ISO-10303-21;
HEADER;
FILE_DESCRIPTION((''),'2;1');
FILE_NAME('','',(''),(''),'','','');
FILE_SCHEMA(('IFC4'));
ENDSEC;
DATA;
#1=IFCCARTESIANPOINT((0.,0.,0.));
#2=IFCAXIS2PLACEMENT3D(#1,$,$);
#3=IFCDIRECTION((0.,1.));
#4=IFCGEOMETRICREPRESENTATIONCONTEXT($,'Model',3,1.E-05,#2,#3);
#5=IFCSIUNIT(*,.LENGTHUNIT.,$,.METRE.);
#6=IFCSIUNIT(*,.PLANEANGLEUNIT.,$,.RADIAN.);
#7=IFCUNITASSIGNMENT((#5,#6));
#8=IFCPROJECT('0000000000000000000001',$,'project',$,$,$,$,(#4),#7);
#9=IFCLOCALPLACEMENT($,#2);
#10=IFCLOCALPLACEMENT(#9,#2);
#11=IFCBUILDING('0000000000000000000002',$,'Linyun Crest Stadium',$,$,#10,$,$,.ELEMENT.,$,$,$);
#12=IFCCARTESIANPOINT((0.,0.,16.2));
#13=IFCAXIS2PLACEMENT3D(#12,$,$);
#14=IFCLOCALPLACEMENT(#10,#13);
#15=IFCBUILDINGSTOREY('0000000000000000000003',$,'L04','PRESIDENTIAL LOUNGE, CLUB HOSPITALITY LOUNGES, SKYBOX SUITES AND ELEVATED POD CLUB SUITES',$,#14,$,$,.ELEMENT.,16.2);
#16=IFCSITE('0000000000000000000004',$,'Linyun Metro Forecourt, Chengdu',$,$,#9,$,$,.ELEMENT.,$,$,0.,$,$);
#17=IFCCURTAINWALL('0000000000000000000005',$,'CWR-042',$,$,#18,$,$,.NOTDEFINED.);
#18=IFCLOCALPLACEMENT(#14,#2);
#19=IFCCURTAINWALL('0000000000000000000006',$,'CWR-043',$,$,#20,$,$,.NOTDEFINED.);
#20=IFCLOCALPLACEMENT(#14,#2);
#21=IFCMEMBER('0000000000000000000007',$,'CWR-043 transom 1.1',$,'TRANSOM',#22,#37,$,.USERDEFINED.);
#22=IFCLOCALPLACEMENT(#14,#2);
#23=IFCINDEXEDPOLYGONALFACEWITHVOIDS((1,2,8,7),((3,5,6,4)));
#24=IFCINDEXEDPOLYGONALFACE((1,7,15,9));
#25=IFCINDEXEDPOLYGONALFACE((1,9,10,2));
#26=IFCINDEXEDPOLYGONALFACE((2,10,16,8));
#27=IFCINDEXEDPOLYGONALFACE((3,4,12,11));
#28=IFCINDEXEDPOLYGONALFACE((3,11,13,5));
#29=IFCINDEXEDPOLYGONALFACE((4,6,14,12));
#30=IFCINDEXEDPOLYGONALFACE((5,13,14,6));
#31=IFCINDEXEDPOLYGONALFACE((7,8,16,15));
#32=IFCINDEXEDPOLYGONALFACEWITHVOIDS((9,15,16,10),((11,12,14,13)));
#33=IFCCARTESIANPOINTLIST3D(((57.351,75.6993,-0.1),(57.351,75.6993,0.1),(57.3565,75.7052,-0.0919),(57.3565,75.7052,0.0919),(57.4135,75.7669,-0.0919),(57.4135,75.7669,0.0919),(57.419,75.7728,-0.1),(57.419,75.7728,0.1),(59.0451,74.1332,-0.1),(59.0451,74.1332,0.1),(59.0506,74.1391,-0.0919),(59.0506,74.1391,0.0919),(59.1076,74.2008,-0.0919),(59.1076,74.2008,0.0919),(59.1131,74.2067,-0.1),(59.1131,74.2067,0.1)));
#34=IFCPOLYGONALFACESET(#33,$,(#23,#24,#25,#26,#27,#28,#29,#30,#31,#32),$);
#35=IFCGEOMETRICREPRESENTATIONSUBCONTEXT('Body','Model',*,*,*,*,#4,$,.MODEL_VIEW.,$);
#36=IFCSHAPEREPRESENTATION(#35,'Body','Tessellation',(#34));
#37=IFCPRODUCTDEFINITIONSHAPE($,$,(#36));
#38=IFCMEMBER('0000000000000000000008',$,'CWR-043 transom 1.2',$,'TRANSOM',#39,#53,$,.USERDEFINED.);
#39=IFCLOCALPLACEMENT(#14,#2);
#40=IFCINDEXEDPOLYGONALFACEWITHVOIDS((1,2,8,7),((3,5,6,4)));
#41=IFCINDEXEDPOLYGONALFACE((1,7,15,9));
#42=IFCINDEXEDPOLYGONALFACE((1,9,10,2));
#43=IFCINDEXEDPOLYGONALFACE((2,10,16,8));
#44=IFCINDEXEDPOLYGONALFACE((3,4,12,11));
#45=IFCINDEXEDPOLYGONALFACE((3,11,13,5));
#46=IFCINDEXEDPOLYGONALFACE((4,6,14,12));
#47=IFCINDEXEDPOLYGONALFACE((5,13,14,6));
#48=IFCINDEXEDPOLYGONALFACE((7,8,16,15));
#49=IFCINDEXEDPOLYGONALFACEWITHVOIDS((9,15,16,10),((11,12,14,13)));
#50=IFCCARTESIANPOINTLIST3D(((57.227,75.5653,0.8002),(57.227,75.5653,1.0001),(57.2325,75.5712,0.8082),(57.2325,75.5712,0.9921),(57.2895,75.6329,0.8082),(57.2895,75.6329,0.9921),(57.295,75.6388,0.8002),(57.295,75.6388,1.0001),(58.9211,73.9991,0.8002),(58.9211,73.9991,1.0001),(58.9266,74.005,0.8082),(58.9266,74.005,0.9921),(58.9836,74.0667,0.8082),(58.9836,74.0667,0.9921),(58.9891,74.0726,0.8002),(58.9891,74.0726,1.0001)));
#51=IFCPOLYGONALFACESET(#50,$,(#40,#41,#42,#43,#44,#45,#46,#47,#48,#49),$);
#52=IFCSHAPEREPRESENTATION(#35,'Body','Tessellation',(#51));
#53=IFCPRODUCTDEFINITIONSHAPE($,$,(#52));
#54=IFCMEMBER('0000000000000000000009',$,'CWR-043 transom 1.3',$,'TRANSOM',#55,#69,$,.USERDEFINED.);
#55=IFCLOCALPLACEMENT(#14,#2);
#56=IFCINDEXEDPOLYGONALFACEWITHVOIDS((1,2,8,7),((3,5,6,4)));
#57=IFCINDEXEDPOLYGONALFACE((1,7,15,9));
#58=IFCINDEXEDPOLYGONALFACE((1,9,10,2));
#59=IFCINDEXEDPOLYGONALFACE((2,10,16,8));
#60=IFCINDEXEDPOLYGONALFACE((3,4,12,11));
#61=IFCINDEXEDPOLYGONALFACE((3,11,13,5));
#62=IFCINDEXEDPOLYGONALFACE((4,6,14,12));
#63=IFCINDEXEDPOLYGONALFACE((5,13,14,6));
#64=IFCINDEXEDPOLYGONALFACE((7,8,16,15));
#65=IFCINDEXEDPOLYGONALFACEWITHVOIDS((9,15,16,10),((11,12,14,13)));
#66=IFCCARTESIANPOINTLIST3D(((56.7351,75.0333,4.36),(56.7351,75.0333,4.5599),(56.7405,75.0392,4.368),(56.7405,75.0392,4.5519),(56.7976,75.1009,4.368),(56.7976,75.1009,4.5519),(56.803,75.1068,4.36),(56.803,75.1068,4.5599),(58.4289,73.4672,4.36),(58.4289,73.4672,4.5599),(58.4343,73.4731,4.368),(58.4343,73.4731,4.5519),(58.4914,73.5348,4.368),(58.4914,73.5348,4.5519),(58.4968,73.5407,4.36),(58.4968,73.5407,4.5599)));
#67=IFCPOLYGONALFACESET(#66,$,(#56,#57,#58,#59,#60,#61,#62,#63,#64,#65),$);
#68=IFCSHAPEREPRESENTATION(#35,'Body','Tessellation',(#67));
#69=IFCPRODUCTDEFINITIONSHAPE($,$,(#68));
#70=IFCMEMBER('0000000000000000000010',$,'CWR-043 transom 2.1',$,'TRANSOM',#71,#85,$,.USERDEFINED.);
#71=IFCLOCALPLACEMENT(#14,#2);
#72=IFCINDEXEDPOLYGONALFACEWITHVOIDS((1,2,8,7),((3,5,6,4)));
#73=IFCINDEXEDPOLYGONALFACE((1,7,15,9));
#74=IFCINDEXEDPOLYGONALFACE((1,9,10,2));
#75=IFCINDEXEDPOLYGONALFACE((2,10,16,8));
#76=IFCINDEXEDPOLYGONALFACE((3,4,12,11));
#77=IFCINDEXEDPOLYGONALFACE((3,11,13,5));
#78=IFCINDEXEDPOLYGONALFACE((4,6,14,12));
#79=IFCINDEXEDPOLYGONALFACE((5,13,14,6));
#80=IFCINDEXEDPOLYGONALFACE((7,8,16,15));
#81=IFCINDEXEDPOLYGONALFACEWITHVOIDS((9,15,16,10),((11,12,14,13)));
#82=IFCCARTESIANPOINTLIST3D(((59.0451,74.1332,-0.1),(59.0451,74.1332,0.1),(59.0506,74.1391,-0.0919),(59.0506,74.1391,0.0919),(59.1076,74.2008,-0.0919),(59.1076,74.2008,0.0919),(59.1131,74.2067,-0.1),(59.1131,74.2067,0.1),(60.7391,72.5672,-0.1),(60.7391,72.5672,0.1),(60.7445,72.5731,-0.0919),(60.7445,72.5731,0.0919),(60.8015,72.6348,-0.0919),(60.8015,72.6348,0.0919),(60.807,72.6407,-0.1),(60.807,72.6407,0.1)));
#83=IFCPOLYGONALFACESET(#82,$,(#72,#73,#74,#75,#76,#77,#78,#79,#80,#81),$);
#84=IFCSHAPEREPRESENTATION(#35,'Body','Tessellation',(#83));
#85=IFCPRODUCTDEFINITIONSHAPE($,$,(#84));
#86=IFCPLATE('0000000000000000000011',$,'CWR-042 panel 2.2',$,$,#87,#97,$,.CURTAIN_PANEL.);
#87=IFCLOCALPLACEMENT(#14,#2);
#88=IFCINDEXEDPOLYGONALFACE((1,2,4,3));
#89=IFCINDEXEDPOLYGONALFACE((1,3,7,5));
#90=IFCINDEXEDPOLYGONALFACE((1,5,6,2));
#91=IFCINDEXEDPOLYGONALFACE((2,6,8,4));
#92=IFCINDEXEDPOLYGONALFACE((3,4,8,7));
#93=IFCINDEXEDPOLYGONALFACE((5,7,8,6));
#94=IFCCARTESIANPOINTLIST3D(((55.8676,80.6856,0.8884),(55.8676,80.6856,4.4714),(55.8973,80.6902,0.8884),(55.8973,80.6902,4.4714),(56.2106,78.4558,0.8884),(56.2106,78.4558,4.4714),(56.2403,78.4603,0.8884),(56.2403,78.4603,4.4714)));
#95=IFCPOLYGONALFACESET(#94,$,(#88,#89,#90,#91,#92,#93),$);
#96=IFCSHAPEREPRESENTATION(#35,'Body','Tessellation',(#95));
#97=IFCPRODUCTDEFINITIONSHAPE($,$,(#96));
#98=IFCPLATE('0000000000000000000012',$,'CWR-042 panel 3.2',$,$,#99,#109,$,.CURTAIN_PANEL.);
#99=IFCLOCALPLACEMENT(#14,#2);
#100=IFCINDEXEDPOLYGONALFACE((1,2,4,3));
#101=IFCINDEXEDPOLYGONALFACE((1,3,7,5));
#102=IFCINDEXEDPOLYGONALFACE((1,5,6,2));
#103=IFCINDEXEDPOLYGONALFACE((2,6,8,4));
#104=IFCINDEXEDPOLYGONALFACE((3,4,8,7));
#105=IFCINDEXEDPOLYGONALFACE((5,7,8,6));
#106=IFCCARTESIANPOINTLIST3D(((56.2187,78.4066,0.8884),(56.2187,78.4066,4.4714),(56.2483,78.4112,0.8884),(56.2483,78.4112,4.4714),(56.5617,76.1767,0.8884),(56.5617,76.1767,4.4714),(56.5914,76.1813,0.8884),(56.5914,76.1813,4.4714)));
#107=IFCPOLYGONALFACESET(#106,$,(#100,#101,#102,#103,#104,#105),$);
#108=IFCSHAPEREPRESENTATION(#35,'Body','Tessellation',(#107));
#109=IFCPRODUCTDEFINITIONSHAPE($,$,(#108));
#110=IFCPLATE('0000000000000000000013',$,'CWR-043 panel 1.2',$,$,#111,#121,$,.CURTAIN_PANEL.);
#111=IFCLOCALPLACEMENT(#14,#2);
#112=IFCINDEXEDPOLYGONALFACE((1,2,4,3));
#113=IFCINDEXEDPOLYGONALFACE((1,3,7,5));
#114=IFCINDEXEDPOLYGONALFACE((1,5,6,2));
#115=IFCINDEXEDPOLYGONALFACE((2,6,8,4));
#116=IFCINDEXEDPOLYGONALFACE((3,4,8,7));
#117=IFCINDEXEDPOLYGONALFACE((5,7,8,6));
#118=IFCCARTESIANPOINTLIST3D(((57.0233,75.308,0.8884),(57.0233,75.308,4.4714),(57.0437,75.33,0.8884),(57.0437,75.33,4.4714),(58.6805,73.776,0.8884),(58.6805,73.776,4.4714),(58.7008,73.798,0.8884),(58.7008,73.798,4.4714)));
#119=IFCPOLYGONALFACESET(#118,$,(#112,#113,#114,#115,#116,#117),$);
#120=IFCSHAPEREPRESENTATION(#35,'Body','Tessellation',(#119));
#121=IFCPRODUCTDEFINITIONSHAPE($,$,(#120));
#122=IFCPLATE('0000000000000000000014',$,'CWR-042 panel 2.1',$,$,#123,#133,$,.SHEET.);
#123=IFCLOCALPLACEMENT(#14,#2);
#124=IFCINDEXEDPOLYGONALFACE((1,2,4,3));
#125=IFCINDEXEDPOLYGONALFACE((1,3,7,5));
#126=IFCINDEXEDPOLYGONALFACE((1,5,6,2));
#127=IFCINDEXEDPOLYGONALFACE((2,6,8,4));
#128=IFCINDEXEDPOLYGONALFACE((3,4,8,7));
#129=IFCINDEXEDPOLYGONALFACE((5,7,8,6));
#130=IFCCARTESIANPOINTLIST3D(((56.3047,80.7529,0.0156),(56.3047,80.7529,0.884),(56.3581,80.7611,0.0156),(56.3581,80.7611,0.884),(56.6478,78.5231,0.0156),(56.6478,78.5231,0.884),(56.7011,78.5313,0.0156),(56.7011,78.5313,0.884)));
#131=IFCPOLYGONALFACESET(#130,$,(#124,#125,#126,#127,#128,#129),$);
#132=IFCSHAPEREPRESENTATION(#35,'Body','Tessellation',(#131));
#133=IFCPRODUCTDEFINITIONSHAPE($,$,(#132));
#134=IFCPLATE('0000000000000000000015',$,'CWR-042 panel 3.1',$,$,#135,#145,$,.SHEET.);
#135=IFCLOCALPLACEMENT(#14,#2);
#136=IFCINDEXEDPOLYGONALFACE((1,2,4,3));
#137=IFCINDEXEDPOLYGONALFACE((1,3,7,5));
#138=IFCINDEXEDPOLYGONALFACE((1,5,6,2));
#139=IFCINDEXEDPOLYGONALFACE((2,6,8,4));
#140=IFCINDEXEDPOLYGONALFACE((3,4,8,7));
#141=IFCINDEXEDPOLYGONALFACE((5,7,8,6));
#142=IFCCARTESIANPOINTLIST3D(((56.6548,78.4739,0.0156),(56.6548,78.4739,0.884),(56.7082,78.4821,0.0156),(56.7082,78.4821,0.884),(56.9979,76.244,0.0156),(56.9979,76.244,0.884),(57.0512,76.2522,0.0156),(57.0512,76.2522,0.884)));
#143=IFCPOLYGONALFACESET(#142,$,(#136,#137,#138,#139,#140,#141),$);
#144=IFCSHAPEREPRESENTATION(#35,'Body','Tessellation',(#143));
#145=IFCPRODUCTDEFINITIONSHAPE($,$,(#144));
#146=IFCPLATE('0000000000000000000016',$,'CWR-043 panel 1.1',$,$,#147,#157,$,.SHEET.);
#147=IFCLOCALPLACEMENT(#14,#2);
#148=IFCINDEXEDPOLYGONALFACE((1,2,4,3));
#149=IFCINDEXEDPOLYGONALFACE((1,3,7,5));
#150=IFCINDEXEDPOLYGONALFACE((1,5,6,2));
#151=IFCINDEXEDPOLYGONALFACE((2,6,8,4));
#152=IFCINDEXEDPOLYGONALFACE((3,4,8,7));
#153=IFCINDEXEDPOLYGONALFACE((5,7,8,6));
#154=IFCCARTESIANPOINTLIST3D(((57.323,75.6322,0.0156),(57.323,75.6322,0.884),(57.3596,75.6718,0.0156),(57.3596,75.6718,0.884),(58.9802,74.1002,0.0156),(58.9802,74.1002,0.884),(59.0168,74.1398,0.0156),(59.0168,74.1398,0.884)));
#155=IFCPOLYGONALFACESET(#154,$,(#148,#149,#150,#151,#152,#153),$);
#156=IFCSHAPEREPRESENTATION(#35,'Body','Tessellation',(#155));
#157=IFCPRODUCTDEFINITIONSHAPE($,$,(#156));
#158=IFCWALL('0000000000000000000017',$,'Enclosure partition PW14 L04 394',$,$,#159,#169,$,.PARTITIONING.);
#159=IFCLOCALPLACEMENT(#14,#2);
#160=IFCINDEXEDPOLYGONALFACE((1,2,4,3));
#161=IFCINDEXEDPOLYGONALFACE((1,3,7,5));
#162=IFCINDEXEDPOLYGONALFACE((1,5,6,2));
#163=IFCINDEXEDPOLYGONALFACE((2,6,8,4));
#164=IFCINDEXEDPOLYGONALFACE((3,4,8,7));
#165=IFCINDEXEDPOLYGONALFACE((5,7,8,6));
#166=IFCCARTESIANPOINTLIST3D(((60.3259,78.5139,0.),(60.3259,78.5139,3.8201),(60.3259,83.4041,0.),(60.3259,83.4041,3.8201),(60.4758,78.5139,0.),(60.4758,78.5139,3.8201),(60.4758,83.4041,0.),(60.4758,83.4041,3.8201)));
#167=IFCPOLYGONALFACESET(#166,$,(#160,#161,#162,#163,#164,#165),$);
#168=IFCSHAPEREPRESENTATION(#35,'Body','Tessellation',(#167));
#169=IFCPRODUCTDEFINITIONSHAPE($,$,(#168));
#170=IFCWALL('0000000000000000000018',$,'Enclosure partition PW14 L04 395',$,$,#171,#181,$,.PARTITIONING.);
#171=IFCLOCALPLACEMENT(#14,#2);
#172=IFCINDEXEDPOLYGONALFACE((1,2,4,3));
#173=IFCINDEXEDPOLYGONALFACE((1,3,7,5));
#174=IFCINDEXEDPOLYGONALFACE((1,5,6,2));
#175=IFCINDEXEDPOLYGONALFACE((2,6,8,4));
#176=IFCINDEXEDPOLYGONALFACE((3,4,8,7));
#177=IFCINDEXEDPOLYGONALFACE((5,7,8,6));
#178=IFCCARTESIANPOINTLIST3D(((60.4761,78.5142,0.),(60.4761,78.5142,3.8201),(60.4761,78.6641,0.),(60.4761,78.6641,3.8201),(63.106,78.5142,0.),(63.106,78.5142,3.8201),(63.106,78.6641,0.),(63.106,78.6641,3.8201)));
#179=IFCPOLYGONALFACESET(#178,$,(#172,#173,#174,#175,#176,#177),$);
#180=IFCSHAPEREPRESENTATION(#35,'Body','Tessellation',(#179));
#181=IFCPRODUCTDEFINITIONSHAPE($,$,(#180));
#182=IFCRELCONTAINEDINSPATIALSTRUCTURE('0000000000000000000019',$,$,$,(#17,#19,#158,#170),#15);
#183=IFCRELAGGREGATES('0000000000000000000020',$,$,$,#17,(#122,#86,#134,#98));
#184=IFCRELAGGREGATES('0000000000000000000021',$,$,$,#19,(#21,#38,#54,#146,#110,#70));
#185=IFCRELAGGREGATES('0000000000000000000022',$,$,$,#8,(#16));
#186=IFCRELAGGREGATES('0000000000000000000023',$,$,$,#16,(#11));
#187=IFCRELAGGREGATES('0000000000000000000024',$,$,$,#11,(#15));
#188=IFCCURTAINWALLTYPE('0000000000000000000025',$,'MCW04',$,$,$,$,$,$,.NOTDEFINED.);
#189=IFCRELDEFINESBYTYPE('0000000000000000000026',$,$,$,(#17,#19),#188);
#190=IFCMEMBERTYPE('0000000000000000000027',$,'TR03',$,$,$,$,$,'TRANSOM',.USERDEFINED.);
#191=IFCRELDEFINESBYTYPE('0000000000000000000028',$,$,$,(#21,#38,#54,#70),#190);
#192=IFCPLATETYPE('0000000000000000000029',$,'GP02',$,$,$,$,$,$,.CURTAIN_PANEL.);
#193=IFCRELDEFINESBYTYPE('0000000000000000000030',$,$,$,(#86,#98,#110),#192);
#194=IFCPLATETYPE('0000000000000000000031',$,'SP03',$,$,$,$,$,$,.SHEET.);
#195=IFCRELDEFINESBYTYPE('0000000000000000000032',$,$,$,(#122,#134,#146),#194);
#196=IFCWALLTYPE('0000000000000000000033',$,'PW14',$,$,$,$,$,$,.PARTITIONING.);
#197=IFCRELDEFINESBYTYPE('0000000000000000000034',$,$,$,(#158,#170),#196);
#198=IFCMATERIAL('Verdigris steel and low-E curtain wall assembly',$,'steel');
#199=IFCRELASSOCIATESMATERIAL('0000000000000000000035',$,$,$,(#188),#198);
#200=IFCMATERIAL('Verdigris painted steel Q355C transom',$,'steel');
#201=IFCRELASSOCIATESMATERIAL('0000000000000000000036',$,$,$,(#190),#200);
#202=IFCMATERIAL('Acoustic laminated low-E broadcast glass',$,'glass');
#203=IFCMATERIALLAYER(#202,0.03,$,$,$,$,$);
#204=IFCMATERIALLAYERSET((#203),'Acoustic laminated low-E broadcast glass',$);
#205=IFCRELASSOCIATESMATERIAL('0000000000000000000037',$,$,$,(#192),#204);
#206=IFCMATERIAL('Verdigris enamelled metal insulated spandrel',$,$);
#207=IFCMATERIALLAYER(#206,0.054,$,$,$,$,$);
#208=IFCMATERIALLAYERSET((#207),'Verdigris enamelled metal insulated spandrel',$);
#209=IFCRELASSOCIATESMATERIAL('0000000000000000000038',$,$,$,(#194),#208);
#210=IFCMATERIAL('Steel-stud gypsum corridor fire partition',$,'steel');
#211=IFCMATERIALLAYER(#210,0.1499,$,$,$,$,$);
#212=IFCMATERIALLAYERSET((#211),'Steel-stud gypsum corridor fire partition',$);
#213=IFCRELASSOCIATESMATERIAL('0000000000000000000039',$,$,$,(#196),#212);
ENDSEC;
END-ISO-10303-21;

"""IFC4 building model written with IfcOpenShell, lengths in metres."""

from ifc_helpers import new_model, si_unit, direction, frame, frame_2d, origin, origin_2d, place, context, subcontext, project, spatial, rectangle, hollow_rectangle, extrude, material, layer, layer_set, material_profile, profile_set, type_object, element, aggregate, save


model = new_model("IFC4")

# Units and contexts
model_context = context("Model", 3, precision=1e-05, world=origin(), true_north=direction((0.0, 1.0)))
body_context = subcontext(model_context, "Body", "Model", "MODEL_VIEW")
ifc_project = project(units=[si_unit("LENGTHUNIT", "METRE"), si_unit("PLANEANGLEUNIT", "RADIAN")], contexts=[model_context])

# Site, building, storey
site_placement = place(None, origin())
site = spatial("IfcSite", under=ifc_project, at=site_placement, Name="Linyun Metro Forecourt, Chengdu", CompositionType="ELEMENT", RefElevation=0.0)
building_placement = place(site_placement, origin())
building = spatial("IfcBuilding", under=site, at=building_placement, Name="Linyun Crest Stadium", CompositionType="ELEMENT")
storey_placement = place(building_placement, frame((0.0, 0.0, 16.2)))
storey = spatial("IfcBuildingStorey", under=building, at=storey_placement, Name="L04", Description="PRESIDENTIAL LOUNGE, CLUB HOSPITALITY LOUNGES, SKYBOX SUITES AND ELEVATED POD CLUB SUITES", CompositionType="ELEMENT", Elevation=16.2)

# Curtain walls
ifc_material_1 = material(Name="Verdigris steel and low-E curtain wall assembly", Category="steel")
curtain_wall_type = type_object("IfcCurtainWallType", Name="MCW04", PredefinedType="NOTDEFINED", material=ifc_material_1)
curtain_wall_1_placement = place(storey_placement, origin())
curtain_wall_1 = element("IfcCurtainWall", 1, at=curtain_wall_1_placement, inside=storey, type_object=curtain_wall_type, Name="CWR-042", PredefinedType="NOTDEFINED")
curtain_wall_2_placement = place(storey_placement, origin())
curtain_wall_2 = element("IfcCurtainWall", 2, at=curtain_wall_2_placement, inside=storey, type_object=curtain_wall_type, Name="CWR-043", PredefinedType="NOTDEFINED")

# Members
ifc_material_2 = material(Name="Verdigris painted steel Q355C transom", Category="steel")
ifc_material_profile_1 = material_profile(ifc_material_2, hollow_rectangle(XDim=0.1001, YDim=0.2, WallThickness=0.0081, at=origin_2d()), Name="RHS 200x100x8")
ifc_profile_set_1 = profile_set([ifc_material_profile_1], Name="Verdigris painted steel Q355C transom")
member_type_1 = type_object("IfcMemberType", Name="TR03", ElementType="TRANSOM", PredefinedType="USERDEFINED", material=ifc_profile_set_1)
member_1_placement = place(storey_placement, frame((57.385, 75.7361, 0.0), z_axis=(0.734288, -0.678838, 0.0), x_axis=(0.678838, 0.734288, 0.0)))
member_1 = element("IfcMember", 3, at=member_1_placement, type_object=member_type_1, Name="CWR-043 transom 1.1", ObjectType="TRANSOM", PredefinedType="USERDEFINED", context=body_context, shape_type="SweptSolid", body=[
    extrude(hollow_rectangle(XDim=0.1001, YDim=0.2, WallThickness=0.0081, at=origin_2d()), origin(), (0.0, 0.0, 1.0), 2.3071),
])
member_2_placement = place(storey_placement, frame((57.261, 75.6021, 0.9001), z_axis=(0.734288, -0.678838, 0.0), x_axis=(0.678838, 0.734288, 0.0)))
member_2 = element("IfcMember", 4, at=member_2_placement, type_object=member_type_1, Name="CWR-043 transom 1.2", ObjectType="TRANSOM", PredefinedType="USERDEFINED", context=body_context, shape_type="SweptSolid", body=[
    extrude(hollow_rectangle(XDim=0.1001, YDim=0.2, WallThickness=0.0081, at=origin_2d()), origin(), (0.0, 0.0, 1.0), 2.3071),
])
member_3_placement = place(storey_placement, frame((56.769, 75.0701, 4.46), z_axis=(0.734239, -0.678891, 0.0), x_axis=(0.678891, 0.734239, 0.0)))
member_3 = element("IfcMember", 5, at=member_3_placement, type_object=member_type_1, Name="CWR-043 transom 1.3", ObjectType="TRANSOM", PredefinedType="USERDEFINED", context=body_context, shape_type="SweptSolid", body=[
    extrude(hollow_rectangle(XDim=0.1001, YDim=0.2, WallThickness=0.0081, at=origin_2d()), origin(), (0.0, 0.0, 1.0), 2.3069),
])
member_4_placement = place(storey_placement, frame((59.0791, 74.1699, 0.0), z_axis=(0.734292, -0.678834, 0.0), x_axis=(0.678834, 0.734292, 0.0)))
member_4 = element("IfcMember", 6, at=member_4_placement, type_object=member_type_1, Name="CWR-043 transom 2.1", ObjectType="TRANSOM", PredefinedType="USERDEFINED", context=body_context, shape_type="SweptSolid", body=[
    extrude(hollow_rectangle(XDim=0.1001, YDim=0.2, WallThickness=0.0081, at=origin_2d()), origin(), (0.0, 0.0, 1.0), 2.3069),
])

# Plates
ifc_material_3 = material(Name="Acoustic laminated low-E broadcast glass", Category="glass")
ifc_layer_1 = layer(ifc_material_3, 0.03)
ifc_layer_set_1 = layer_set([ifc_layer_1], Name="Acoustic laminated low-E broadcast glass")
plate_type_1 = type_object("IfcPlateType", Name="GP02", PredefinedType="CURTAIN_PANEL", material=ifc_layer_set_1)
plate_1_placement = place(storey_placement, frame((56.054, 79.573, 0.8884), z_axis=(0.0, 0.0, 1.0), x_axis=(0.152054, -0.988372, 0.0)))
plate_1 = element("IfcPlate", 7, at=plate_1_placement, type_object=plate_type_1, Name="CWR-042 panel 2.2", PredefinedType="CURTAIN_PANEL", context=body_context, shape_type="SweptSolid", body=[
    extrude(rectangle(XDim=2.2561, YDim=0.03, at=origin_2d()), origin(), (0.0, 0.0, 1.0), 3.583),
])
plate_2_placement = place(storey_placement, frame((56.405, 77.2939, 0.8884), z_axis=(0.0, 0.0, 1.0), x_axis=(0.152054, -0.988372, 0.0)))
plate_2 = element("IfcPlate", 8, at=plate_2_placement, type_object=plate_type_1, Name="CWR-042 panel 3.2", PredefinedType="CURTAIN_PANEL", context=body_context, shape_type="SweptSolid", body=[
    extrude(rectangle(XDim=2.2561, YDim=0.03, at=origin_2d()), origin(), (0.0, 0.0, 1.0), 3.583),
])
plate_3_placement = place(storey_placement, frame((57.8621, 74.553, 0.8884), z_axis=(0.0, 0.0, 1.0), x_axis=(0.734299, -0.678826, 0.0)))
plate_3 = element("IfcPlate", 9, at=plate_3_placement, type_object=plate_type_1, Name="CWR-043 panel 1.2", PredefinedType="CURTAIN_PANEL", context=body_context, shape_type="SweptSolid", body=[
    extrude(rectangle(XDim=2.2568, YDim=0.03, at=origin_2d()), origin(), (0.0, 0.0, 1.0), 3.583),
])
ifc_material_4 = material(Name="Verdigris enamelled metal insulated spandrel")
ifc_layer_2 = layer(ifc_material_4, 0.054)
ifc_layer_set_2 = layer_set([ifc_layer_2], Name="Verdigris enamelled metal insulated spandrel")
plate_type_2 = type_object("IfcPlateType", Name="SP03", PredefinedType="SHEET", material=ifc_layer_set_2)
plate_4_placement = place(storey_placement, frame((56.5029, 79.6421, 0.0156), z_axis=(0.0, 0.0, 1.0), x_axis=(0.152054, -0.988372, 0.0)))
plate_4 = element("IfcPlate", 10, at=plate_4_placement, type_object=plate_type_2, Name="CWR-042 panel 2.1", PredefinedType="SHEET", context=body_context, shape_type="SweptSolid", body=[
    extrude(rectangle(XDim=2.2561, YDim=0.054, at=origin_2d()), origin(), (0.0, 0.0, 1.0), 0.8684),
])
plate_5_placement = place(storey_placement, frame((56.853, 77.363, 0.0156), z_axis=(0.0, 0.0, 1.0), x_axis=(0.152054, -0.988372, 0.0)))
plate_5 = element("IfcPlate", 11, at=plate_5_placement, type_object=plate_type_2, Name="CWR-042 panel 3.1", PredefinedType="SHEET", context=body_context, shape_type="SweptSolid", body=[
    extrude(rectangle(XDim=2.2561, YDim=0.054, at=origin_2d()), origin(), (0.0, 0.0, 1.0), 0.8684),
])
aggregate(curtain_wall_1, [plate_4, plate_1, plate_5, plate_2])
plate_6_placement = place(storey_placement, frame((58.1699, 74.886, 0.0156), z_axis=(0.0, 0.0, 1.0), x_axis=(0.734299, -0.678826, 0.0)))
plate_6 = element("IfcPlate", 12, at=plate_6_placement, type_object=plate_type_2, Name="CWR-043 panel 1.1", PredefinedType="SHEET", context=body_context, shape_type="SweptSolid", body=[
    extrude(rectangle(XDim=2.2568, YDim=0.054, at=origin_2d()), origin(), (0.0, 0.0, 1.0), 0.8684),
])
aggregate(curtain_wall_2, [member_1, member_2, member_3, plate_6, plate_3, member_4])

# Walls
ifc_material_5 = material(Name="Steel-stud gypsum corridor fire partition", Category="steel")
ifc_layer_3 = layer(ifc_material_5, 0.1499)
ifc_layer_set_3 = layer_set([ifc_layer_3], Name="Steel-stud gypsum corridor fire partition")
wall_type = type_object("IfcWallType", Name="PW14", PredefinedType="PARTITIONING", material=ifc_layer_set_3)
wall_1_placement = place(storey_placement, frame((60.4009, 78.5139, 0.0), z_axis=(0.0, 0.0, 1.0), x_axis=(0.0, 1.0, 0.0)))
element("IfcWall", 13, at=wall_1_placement, inside=storey, type_object=wall_type, Name="Enclosure partition PW14 L04 394", PredefinedType="PARTITIONING", context=body_context, shape_type="SweptSolid", body=[
    extrude(rectangle(XDim=4.8901, YDim=0.1499, at=frame_2d((2.4451, 0.0))), origin(), (0.0, 0.0, 1.0), 3.8201),
])
wall_2_placement = place(storey_placement, frame((60.4761, 78.5891, 0.0), z_axis=(0.0, 0.0, 1.0), x_axis=(1.0, 0.0, 0.0)))
element("IfcWall", 14, at=wall_2_placement, inside=storey, type_object=wall_type, Name="Enclosure partition PW14 L04 395", PredefinedType="PARTITIONING", context=body_context, shape_type="SweptSolid", body=[
    extrude(rectangle(XDim=2.6299, YDim=0.1499, at=frame_2d((1.3149, 0.0))), origin(), (0.0, 0.0, 1.0), 3.8201),
])

save(model, "model.ifc")
